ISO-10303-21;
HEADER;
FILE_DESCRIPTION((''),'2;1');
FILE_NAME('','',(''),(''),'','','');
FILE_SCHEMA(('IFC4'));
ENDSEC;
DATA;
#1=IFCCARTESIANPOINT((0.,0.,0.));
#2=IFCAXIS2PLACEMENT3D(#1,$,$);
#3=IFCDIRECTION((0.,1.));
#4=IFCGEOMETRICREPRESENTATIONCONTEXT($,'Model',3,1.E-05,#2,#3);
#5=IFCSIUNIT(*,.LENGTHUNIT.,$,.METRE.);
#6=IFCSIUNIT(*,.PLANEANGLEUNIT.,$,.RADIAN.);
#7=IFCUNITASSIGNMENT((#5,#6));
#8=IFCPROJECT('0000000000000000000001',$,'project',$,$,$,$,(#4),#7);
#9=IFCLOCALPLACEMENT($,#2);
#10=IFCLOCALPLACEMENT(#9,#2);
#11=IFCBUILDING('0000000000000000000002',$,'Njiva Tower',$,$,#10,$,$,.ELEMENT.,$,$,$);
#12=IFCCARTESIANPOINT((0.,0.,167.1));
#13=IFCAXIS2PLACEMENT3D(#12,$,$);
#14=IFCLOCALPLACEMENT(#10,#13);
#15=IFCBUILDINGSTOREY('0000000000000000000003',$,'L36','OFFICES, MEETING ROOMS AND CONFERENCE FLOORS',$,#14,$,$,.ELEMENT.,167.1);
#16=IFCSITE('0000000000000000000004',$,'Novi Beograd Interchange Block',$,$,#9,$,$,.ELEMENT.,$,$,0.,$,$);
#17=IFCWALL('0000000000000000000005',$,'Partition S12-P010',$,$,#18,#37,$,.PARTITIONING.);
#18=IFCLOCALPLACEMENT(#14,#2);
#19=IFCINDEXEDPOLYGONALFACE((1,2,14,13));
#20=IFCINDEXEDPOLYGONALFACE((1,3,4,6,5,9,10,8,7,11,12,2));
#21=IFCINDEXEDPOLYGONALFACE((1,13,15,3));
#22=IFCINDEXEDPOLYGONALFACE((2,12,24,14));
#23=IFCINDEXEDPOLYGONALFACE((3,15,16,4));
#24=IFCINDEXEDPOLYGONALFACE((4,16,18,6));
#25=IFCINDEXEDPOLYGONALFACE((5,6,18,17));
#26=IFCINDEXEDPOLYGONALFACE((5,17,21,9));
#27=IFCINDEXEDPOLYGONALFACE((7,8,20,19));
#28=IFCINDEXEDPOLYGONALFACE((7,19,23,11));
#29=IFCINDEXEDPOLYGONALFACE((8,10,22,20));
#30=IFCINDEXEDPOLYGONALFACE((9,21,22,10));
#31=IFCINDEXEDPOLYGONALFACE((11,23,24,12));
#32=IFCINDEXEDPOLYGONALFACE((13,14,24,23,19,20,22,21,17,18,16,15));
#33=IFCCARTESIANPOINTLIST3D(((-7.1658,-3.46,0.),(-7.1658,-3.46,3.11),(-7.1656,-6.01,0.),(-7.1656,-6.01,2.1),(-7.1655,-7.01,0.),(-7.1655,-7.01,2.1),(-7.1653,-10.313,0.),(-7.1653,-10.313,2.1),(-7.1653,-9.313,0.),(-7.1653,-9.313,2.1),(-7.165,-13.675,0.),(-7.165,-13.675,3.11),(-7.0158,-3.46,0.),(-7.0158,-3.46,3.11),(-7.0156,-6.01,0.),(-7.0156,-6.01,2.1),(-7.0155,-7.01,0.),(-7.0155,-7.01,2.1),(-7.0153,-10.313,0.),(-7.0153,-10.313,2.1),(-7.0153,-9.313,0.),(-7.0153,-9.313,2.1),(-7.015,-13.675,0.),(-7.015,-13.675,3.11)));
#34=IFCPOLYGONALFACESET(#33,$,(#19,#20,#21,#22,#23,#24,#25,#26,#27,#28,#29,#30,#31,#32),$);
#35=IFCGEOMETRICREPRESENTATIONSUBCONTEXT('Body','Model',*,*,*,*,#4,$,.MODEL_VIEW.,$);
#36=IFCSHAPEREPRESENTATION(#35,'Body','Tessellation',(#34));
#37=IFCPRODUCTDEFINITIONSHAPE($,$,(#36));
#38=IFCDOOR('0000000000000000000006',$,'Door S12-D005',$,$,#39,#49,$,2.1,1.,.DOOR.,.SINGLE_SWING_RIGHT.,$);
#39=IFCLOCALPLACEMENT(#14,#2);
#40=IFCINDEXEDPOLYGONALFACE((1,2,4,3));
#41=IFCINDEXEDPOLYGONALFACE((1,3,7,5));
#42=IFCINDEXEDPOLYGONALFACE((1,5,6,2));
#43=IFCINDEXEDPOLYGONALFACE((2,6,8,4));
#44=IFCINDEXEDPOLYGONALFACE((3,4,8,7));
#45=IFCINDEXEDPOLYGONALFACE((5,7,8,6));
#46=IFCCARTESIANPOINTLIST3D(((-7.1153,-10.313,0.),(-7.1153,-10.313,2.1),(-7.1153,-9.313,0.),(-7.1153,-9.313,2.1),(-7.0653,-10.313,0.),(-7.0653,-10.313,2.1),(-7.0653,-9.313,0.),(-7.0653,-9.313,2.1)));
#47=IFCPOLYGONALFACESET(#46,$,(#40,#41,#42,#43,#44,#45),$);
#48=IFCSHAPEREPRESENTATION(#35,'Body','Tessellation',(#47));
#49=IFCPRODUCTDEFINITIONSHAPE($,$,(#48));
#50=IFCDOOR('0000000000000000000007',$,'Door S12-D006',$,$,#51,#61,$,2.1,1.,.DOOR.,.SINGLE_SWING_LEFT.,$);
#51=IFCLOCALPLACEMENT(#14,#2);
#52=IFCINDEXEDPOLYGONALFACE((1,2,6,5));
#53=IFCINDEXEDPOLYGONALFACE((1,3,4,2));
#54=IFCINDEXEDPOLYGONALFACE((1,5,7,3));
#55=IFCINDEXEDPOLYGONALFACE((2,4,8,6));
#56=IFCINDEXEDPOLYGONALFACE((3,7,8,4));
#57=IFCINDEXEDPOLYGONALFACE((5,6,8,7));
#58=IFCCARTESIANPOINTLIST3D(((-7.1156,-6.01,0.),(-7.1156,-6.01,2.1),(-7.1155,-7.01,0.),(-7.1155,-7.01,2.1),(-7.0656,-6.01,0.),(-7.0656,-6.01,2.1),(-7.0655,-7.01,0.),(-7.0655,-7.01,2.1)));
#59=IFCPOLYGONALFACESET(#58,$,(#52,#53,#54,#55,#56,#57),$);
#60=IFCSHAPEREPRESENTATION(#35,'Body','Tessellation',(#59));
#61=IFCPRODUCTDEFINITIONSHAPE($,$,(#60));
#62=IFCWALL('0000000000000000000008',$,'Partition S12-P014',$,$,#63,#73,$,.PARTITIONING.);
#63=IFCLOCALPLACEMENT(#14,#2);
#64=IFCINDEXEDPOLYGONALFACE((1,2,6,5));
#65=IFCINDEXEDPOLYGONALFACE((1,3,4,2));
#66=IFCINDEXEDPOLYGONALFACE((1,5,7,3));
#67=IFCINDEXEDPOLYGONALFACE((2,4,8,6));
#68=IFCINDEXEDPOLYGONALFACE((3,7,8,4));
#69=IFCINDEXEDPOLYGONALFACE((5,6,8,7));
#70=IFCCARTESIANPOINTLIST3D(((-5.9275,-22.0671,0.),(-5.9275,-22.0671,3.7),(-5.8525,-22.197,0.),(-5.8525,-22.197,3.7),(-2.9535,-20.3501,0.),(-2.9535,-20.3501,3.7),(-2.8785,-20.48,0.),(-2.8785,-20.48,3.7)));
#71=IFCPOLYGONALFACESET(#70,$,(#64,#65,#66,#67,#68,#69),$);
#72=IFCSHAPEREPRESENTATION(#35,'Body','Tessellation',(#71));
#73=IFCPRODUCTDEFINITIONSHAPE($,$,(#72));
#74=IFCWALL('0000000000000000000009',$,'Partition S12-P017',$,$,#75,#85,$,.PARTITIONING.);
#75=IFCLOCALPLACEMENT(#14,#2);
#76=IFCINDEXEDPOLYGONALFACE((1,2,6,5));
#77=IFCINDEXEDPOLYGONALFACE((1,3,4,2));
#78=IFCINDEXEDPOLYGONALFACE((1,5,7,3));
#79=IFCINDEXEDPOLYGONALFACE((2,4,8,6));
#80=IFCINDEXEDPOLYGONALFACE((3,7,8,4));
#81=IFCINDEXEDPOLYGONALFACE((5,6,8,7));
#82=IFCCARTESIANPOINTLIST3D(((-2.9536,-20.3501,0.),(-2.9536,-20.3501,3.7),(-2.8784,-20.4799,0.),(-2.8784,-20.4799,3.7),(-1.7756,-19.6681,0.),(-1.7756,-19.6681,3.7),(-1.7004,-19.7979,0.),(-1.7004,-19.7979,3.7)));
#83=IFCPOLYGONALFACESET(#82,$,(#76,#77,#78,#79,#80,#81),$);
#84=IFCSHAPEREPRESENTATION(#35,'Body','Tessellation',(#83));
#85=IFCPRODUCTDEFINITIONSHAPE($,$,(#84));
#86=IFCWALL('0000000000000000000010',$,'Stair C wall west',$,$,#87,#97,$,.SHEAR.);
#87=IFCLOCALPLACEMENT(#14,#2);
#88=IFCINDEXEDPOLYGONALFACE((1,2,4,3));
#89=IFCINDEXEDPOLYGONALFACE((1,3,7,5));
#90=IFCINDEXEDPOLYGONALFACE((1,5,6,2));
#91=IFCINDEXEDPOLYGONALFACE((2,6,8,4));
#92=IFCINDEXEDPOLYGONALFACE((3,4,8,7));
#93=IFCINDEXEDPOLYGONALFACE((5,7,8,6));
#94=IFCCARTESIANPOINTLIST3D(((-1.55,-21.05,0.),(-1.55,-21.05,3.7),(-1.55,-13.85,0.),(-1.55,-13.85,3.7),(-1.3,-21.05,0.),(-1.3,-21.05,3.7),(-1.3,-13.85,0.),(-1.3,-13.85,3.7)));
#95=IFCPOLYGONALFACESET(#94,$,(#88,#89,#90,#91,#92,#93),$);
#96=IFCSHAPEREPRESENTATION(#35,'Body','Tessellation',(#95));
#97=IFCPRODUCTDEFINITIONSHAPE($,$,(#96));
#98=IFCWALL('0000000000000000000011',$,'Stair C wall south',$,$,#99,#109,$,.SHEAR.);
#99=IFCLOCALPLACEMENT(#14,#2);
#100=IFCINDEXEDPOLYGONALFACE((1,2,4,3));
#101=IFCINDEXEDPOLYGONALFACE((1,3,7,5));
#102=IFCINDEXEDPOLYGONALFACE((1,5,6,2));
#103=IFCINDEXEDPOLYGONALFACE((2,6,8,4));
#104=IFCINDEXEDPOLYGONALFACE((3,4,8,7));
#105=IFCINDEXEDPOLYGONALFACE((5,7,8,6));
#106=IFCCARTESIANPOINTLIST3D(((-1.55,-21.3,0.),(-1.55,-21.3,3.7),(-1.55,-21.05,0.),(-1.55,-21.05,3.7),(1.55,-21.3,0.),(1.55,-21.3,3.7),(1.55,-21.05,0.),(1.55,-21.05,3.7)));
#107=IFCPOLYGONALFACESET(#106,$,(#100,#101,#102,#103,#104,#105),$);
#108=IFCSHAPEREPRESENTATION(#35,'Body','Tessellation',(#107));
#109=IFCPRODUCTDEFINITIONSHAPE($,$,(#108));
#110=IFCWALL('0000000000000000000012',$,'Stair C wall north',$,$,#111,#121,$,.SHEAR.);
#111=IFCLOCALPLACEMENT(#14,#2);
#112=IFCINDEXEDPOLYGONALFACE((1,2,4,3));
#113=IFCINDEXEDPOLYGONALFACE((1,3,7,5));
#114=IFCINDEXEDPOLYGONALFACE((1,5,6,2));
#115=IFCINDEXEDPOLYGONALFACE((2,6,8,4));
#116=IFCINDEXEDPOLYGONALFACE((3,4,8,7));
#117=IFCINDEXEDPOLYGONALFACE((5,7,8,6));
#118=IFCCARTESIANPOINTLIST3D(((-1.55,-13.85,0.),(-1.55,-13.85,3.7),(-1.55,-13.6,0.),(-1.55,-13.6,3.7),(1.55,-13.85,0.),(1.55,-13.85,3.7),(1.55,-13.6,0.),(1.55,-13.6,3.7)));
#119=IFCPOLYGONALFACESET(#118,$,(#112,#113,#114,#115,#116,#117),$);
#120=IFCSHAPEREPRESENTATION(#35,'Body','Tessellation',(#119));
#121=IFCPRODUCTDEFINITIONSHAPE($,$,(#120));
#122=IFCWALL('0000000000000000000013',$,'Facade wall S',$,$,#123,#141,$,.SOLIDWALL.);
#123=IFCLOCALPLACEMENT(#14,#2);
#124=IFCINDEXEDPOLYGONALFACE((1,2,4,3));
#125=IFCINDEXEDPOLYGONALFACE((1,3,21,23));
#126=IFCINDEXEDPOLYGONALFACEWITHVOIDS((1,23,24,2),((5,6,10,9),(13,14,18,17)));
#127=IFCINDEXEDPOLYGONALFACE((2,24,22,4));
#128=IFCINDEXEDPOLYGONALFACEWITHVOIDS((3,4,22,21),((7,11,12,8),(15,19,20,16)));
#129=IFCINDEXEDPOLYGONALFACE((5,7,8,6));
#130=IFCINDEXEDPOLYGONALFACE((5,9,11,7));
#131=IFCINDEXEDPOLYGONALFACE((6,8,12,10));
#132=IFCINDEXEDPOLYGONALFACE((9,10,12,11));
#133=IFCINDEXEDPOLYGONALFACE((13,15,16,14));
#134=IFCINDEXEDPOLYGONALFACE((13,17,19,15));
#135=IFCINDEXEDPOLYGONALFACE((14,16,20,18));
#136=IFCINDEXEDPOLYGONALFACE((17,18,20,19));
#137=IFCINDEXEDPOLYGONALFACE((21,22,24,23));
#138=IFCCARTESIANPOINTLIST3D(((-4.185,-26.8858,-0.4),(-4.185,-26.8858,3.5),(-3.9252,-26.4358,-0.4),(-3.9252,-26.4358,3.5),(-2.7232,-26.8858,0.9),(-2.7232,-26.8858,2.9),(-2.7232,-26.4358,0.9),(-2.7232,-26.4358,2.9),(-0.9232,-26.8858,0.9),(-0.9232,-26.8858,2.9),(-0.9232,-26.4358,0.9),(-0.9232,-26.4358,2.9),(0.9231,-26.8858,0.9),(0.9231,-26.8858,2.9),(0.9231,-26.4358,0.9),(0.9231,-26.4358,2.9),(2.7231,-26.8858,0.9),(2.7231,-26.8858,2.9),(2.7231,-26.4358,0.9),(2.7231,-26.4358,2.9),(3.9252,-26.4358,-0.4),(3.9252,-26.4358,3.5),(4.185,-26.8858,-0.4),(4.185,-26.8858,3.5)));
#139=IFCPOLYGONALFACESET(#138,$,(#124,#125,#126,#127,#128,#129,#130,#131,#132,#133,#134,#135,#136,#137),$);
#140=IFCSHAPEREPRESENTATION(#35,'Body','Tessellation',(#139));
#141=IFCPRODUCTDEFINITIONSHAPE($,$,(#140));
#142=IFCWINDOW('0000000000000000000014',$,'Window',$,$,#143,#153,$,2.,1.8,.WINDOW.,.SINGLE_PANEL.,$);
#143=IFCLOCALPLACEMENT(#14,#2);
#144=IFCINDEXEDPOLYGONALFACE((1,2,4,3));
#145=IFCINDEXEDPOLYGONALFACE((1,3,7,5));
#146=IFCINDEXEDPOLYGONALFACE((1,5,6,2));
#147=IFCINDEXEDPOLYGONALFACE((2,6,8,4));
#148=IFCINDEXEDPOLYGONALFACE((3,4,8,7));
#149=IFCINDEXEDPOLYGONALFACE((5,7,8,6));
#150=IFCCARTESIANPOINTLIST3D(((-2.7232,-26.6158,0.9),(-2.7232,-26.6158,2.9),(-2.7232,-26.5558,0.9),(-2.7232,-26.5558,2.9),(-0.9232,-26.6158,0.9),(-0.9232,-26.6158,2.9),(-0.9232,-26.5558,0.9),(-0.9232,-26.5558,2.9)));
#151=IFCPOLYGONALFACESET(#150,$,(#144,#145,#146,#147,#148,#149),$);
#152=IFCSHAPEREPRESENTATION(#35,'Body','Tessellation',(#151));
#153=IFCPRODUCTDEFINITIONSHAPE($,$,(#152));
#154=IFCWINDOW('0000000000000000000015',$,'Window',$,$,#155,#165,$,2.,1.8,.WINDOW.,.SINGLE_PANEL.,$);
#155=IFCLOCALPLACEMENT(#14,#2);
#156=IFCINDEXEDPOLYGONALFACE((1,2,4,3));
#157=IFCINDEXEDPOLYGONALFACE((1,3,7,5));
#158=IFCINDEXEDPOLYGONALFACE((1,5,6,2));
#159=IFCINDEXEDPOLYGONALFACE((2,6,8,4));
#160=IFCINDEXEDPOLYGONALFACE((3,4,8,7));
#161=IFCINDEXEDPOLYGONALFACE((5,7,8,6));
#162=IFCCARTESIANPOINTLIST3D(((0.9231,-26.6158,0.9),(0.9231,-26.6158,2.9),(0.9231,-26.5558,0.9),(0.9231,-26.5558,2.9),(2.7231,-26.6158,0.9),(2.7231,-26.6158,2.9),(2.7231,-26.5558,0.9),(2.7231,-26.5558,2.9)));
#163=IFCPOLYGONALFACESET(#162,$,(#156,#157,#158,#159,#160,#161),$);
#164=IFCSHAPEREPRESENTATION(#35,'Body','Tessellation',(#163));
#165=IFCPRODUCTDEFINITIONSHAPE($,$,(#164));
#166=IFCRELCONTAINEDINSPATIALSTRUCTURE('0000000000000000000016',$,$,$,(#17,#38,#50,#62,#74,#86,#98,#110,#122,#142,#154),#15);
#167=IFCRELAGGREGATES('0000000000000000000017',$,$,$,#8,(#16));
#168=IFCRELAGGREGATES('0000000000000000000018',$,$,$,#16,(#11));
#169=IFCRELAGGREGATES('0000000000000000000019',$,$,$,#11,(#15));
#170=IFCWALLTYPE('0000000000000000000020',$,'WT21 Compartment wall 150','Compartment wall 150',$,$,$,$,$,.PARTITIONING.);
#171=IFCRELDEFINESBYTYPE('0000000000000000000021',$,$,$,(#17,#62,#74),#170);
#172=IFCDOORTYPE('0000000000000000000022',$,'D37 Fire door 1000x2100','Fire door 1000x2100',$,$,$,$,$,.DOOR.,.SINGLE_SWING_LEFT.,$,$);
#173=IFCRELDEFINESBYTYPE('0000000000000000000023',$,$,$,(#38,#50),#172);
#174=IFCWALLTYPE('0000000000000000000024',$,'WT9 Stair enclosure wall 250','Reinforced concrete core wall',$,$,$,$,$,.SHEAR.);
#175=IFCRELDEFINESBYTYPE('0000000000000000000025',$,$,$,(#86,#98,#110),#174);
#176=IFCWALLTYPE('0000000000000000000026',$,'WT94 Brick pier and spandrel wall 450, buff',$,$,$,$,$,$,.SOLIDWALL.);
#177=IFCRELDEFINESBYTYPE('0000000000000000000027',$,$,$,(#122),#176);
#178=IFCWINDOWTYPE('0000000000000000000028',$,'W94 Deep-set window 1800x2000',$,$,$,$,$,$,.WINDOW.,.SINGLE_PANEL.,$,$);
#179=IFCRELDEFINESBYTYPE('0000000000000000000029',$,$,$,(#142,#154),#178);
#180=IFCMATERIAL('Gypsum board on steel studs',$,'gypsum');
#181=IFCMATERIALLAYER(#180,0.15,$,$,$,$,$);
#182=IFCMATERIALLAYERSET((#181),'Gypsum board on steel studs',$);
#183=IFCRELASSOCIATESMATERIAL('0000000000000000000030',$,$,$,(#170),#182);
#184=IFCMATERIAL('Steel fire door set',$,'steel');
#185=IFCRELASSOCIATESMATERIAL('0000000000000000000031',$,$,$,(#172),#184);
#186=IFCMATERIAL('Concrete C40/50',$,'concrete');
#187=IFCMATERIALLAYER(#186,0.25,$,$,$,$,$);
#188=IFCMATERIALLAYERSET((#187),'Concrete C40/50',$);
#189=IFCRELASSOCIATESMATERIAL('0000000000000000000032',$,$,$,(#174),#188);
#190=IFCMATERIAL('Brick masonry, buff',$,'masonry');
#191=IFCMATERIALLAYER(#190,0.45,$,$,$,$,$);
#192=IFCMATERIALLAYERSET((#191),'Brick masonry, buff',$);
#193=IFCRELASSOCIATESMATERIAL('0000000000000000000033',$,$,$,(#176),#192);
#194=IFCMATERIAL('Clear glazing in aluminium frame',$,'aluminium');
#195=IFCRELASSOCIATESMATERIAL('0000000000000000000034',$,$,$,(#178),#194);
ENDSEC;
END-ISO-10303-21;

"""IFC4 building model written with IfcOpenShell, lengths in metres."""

from ifc_helpers import new_model, si_unit, direction, frame, frame_2d, origin, place, context, subcontext, project, spatial, polyline, rectangle, outline, extrude, material, layer, layer_set, type_object, element, fill, save


model = new_model("IFC4")

# Units and contexts
model_context = context("Model", 3, precision=1e-05, world=origin(), true_north=direction((0.0, 1.0)))
body_context = subcontext(model_context, "Body", "Model", "MODEL_VIEW")
ifc_project = project(units=[si_unit("LENGTHUNIT", "METRE"), si_unit("PLANEANGLEUNIT", "RADIAN")], contexts=[model_context])

# Site, building, storey
site_placement = place(None, origin())
site = spatial("IfcSite", under=ifc_project, at=site_placement, Name="Novi Beograd Interchange Block", CompositionType="ELEMENT", RefElevation=0.0)
building_placement = place(site_placement, origin())
building = spatial("IfcBuilding", under=site, at=building_placement, Name="Njiva Tower", CompositionType="ELEMENT")
storey_placement = place(building_placement, frame((0.0, 0.0, 167.1)))
storey = spatial("IfcBuildingStorey", under=building, at=storey_placement, Name="L36", Description="OFFICES, MEETING ROOMS AND CONFERENCE FLOORS", CompositionType="ELEMENT", Elevation=167.1)

# Shared definitions
ifc_material_1 = material(Name="Gypsum board on steel studs", Category="gypsum")

# Wall, openings, doors
ifc_layer_1 = layer(ifc_material_1, 0.15)
ifc_layer_set_1 = layer_set([ifc_layer_1], Name="Gypsum board on steel studs")
wall_type_1 = type_object("IfcWallType", Name="WT21 Compartment wall 150", Description="Compartment wall 150", PredefinedType="PARTITIONING", material=ifc_layer_set_1)
wall_1_placement = place(storey_placement, frame((-7.09, -13.675, 0.0), z_axis=(0.0, 0.0, 1.0), x_axis=(-0.000078, 1.0, 0.0)))
wall_1 = element("IfcWall", 1, at=wall_1_placement, inside=storey, type_object=wall_type_1, Name="Partition S12-P010", PredefinedType="PARTITIONING", context=body_context, shape_type="SweptSolid", body=[
    extrude(rectangle(XDim=10.215, YDim=0.15, at=frame_2d((5.1075, 0.0))), origin(), (0.0, 0.0, 1.0), 3.11),
])
opening_1_placement = place(wall_1_placement, frame((3.362, 0.0, 0.0)))
opening_1 = element("IfcOpeningElement", 2, at=opening_1_placement, cuts=wall_1, PredefinedType="OPENING", context=body_context, shape_type="SweptSolid", body=[
    extrude(rectangle(XDim=1.0, YDim=2.1, at=frame_2d((0.5, 1.05))), frame((0.0, 0.085, 0.0), z_axis=(0.0, -1.0, 0.0), x_axis=(1.0, 0.0, 0.0)), (0.0, 0.0, 1.0), 0.17),
])
opening_2_placement = place(wall_1_placement, frame((6.665, 0.0, 0.0)))
opening_2 = element("IfcOpeningElement", 3, at=opening_2_placement, cuts=wall_1, PredefinedType="OPENING", context=body_context, shape_type="SweptSolid", body=[
    extrude(rectangle(XDim=1.0, YDim=2.1, at=frame_2d((0.5, 1.05))), frame((0.0, 0.085, 0.0), z_axis=(0.0, -1.0, 0.0), x_axis=(1.0, 0.0, 0.0)), (0.0, 0.0, 1.0), 0.17),
])
ifc_material_2 = material(Name="Steel fire door set", Category="steel")
door_type = type_object("IfcDoorType", Name="D37 Fire door 1000x2100", Description="Fire door 1000x2100", OperationType="SINGLE_SWING_LEFT", PredefinedType="DOOR", material=ifc_material_2)
door_1_placement = place(opening_1_placement, origin())
door_1 = element("IfcDoor", 4, at=door_1_placement, inside=storey, type_object=door_type, Name="Door S12-D005", OperationType="SINGLE_SWING_RIGHT", OverallHeight=2.1, OverallWidth=1.0, PredefinedType="DOOR", context=body_context, shape_type="SweptSolid", body=[
    extrude(rectangle(XDim=1.0, YDim=2.1, at=frame_2d((0.5, 1.05))), frame((0.0, 0.025, 0.0), z_axis=(0.0, -1.0, 0.0), x_axis=(1.0, 0.0, 0.0)), (0.0, 0.0, 1.0), 0.05),
])
fill(opening_1, door_1)
door_2_placement = place(opening_2_placement, origin())
door_2 = element("IfcDoor", 5, at=door_2_placement, inside=storey, type_object=door_type, Name="Door S12-D006", OperationType="SINGLE_SWING_LEFT", OverallHeight=2.1, OverallWidth=1.0, PredefinedType="DOOR", context=body_context, shape_type="SweptSolid", body=[
    extrude(rectangle(XDim=1.0, YDim=2.1, at=frame_2d((0.5, 1.05))), frame((0.0, 0.025, 0.0), z_axis=(0.0, -1.0, 0.0), x_axis=(1.0, 0.0, 0.0)), (0.0, 0.0, 1.0), 0.05),
])
fill(opening_2, door_2)

# Walls
wall_2_placement = place(storey_placement, frame((-5.89, -22.132, 0.0), z_axis=(0.0, 0.0, 1.0), x_axis=(0.86603, 0.499991, 0.0)))
element("IfcWall", 6, at=wall_2_placement, inside=storey, type_object=wall_type_1, Name="Partition S12-P014", PredefinedType="PARTITIONING", context=body_context, shape_type="SweptSolid", body=[
    extrude(rectangle(XDim=3.4341, YDim=0.15, at=frame_2d((1.717, 0.0))), origin(), (0.0, 0.0, 1.0), 3.7),
])
wall_3_placement = place(storey_placement, frame((-2.916, -20.415, 0.0), z_axis=(0.0, 0.0, 1.0), x_axis=(0.865426, 0.501036, 0.0)))
element("IfcWall", 7, at=wall_3_placement, inside=storey, type_object=wall_type_1, Name="Partition S12-P017", PredefinedType="PARTITIONING", context=body_context, shape_type="SweptSolid", body=[
    extrude(rectangle(XDim=1.3612, YDim=0.15, at=frame_2d((0.6806, 0.0))), origin(), (0.0, 0.0, 1.0), 3.7),
])
ifc_material_3 = material(Name="Concrete C40/50", Category="concrete")
ifc_layer_2 = layer(ifc_material_3, 0.25)
ifc_layer_set_2 = layer_set([ifc_layer_2], Name="Concrete C40/50")
wall_type_2 = type_object("IfcWallType", Name="WT9 Stair enclosure wall 250", Description="Reinforced concrete core wall", PredefinedType="SHEAR", material=ifc_layer_set_2)
wall_4_placement = place(storey_placement, frame((-1.425, -21.05, 0.0), z_axis=(0.0, 0.0, 1.0), x_axis=(0.0, 1.0, 0.0)))
element("IfcWall", 8, at=wall_4_placement, inside=storey, type_object=wall_type_2, Name="Stair C wall west", PredefinedType="SHEAR", context=body_context, shape_type="SweptSolid", body=[
    extrude(rectangle(XDim=7.2, YDim=0.25, at=frame_2d((3.6, 0.0))), origin(), (0.0, 0.0, 1.0), 3.7),
])
for number, where, z_axis, x_axis, name in (
    (9, (-1.55, -21.175, 0.0), (0.0, 0.0, 1.0), (1.0, 0.0, 0.0), "Stair C wall south"),
    (10, (-1.55, -13.725, 0.0), (0.0, 0.0, 1.0), (1.0, 0.0, 0.0), "Stair C wall north"),
):
    element("IfcWall", number, at=place(storey_placement, frame(where, z_axis=z_axis, x_axis=x_axis)), inside=storey, type_object=wall_type_2, Name=name, PredefinedType="SHEAR", context=body_context, shape_type="SweptSolid", body=[
        extrude(rectangle(XDim=3.1, YDim=0.25, at=frame_2d((1.55, 0.0))), origin(), (0.0, 0.0, 1.0), 3.7),
    ])

# Wall, openings, windows
ifc_material_4 = material(Name="Brick masonry, buff", Category="masonry")
ifc_layer_3 = layer(ifc_material_4, 0.45)
ifc_layer_set_3 = layer_set([ifc_layer_3], Name="Brick masonry, buff")
wall_type_3 = type_object("IfcWallType", Name="WT94 Brick pier and spandrel wall 450, buff", PredefinedType="SOLIDWALL", material=ifc_layer_set_3)
wall_5_placement = place(storey_placement, frame((-4.0551, -26.6608, -0.4), z_axis=(0.0, 0.0, 1.0), x_axis=(1.0, 0.0, 0.0)))
wall_5 = element("IfcWall", 11, at=wall_5_placement, inside=storey, type_object=wall_type_3, Name="Facade wall S", PredefinedType="SOLIDWALL", context=body_context, shape_type="SweptSolid", body=[
    extrude(outline(polyline([(-0.1299, -0.225), (8.2401, -0.225), (7.9803, 0.225), (0.1299, 0.225), (-0.1299, -0.225)])), origin(), (0.0, 0.0, 1.0), 3.9),
])
opening_3_placement = place(wall_5_placement, frame((1.3319, 0.0, 1.3)))
opening_3 = element("IfcOpeningElement", 12, at=opening_3_placement, cuts=wall_5, PredefinedType="OPENING", context=body_context, shape_type="SweptSolid", body=[
    extrude(rectangle(XDim=1.8, YDim=2.0, at=frame_2d((0.9, 1.0))), frame((0.0, 0.235, 0.0), z_axis=(0.0, -1.0, 0.0), x_axis=(1.0, 0.0, 0.0)), (0.0, 0.0, 1.0), 0.47),
])
opening_4_placement = place(wall_5_placement, frame((4.9782, 0.0, 1.3)))
opening_4 = element("IfcOpeningElement", 13, at=opening_4_placement, cuts=wall_5, PredefinedType="OPENING", context=body_context, shape_type="SweptSolid", body=[
    extrude(rectangle(XDim=1.8, YDim=2.0, at=frame_2d((0.9, 1.0))), frame((0.0, 0.235, 0.0), z_axis=(0.0, -1.0, 0.0), x_axis=(1.0, 0.0, 0.0)), (0.0, 0.0, 1.0), 0.47),
])
ifc_material_5 = material(Name="Clear glazing in aluminium frame", Category="aluminium")
window_type = type_object("IfcWindowType", Name="W94 Deep-set window 1800x2000", PartitioningType="SINGLE_PANEL", PredefinedType="WINDOW", material=ifc_material_5)
window_1_placement = place(opening_3_placement, origin())
window_1 = element("IfcWindow", 14, at=window_1_placement, inside=storey, type_object=window_type, Name="Window", OverallHeight=2.0, OverallWidth=1.8, PartitioningType="SINGLE_PANEL", PredefinedType="WINDOW", context=body_context, shape_type="SweptSolid", body=[
    extrude(rectangle(XDim=1.8, YDim=2.0, at=frame_2d((0.9, 1.0))), frame((0.0, 0.105, 0.0), z_axis=(0.0, -1.0, 0.0), x_axis=(1.0, 0.0, 0.0)), (0.0, 0.0, 1.0), 0.06),
])
fill(opening_3, window_1)
window_2_placement = place(opening_4_placement, origin())
window_2 = element("IfcWindow", 15, at=window_2_placement, inside=storey, type_object=window_type, Name="Window", OverallHeight=2.0, OverallWidth=1.8, PartitioningType="SINGLE_PANEL", PredefinedType="WINDOW", context=body_context, shape_type="SweptSolid", body=[
    extrude(rectangle(XDim=1.8, YDim=2.0, at=frame_2d((0.9, 1.0))), frame((0.0, 0.105, 0.0), z_axis=(0.0, -1.0, 0.0), x_axis=(1.0, 0.0, 0.0)), (0.0, 0.0, 1.0), 0.06),
])
fill(opening_4, window_2)

save(model, "model.ifc")
